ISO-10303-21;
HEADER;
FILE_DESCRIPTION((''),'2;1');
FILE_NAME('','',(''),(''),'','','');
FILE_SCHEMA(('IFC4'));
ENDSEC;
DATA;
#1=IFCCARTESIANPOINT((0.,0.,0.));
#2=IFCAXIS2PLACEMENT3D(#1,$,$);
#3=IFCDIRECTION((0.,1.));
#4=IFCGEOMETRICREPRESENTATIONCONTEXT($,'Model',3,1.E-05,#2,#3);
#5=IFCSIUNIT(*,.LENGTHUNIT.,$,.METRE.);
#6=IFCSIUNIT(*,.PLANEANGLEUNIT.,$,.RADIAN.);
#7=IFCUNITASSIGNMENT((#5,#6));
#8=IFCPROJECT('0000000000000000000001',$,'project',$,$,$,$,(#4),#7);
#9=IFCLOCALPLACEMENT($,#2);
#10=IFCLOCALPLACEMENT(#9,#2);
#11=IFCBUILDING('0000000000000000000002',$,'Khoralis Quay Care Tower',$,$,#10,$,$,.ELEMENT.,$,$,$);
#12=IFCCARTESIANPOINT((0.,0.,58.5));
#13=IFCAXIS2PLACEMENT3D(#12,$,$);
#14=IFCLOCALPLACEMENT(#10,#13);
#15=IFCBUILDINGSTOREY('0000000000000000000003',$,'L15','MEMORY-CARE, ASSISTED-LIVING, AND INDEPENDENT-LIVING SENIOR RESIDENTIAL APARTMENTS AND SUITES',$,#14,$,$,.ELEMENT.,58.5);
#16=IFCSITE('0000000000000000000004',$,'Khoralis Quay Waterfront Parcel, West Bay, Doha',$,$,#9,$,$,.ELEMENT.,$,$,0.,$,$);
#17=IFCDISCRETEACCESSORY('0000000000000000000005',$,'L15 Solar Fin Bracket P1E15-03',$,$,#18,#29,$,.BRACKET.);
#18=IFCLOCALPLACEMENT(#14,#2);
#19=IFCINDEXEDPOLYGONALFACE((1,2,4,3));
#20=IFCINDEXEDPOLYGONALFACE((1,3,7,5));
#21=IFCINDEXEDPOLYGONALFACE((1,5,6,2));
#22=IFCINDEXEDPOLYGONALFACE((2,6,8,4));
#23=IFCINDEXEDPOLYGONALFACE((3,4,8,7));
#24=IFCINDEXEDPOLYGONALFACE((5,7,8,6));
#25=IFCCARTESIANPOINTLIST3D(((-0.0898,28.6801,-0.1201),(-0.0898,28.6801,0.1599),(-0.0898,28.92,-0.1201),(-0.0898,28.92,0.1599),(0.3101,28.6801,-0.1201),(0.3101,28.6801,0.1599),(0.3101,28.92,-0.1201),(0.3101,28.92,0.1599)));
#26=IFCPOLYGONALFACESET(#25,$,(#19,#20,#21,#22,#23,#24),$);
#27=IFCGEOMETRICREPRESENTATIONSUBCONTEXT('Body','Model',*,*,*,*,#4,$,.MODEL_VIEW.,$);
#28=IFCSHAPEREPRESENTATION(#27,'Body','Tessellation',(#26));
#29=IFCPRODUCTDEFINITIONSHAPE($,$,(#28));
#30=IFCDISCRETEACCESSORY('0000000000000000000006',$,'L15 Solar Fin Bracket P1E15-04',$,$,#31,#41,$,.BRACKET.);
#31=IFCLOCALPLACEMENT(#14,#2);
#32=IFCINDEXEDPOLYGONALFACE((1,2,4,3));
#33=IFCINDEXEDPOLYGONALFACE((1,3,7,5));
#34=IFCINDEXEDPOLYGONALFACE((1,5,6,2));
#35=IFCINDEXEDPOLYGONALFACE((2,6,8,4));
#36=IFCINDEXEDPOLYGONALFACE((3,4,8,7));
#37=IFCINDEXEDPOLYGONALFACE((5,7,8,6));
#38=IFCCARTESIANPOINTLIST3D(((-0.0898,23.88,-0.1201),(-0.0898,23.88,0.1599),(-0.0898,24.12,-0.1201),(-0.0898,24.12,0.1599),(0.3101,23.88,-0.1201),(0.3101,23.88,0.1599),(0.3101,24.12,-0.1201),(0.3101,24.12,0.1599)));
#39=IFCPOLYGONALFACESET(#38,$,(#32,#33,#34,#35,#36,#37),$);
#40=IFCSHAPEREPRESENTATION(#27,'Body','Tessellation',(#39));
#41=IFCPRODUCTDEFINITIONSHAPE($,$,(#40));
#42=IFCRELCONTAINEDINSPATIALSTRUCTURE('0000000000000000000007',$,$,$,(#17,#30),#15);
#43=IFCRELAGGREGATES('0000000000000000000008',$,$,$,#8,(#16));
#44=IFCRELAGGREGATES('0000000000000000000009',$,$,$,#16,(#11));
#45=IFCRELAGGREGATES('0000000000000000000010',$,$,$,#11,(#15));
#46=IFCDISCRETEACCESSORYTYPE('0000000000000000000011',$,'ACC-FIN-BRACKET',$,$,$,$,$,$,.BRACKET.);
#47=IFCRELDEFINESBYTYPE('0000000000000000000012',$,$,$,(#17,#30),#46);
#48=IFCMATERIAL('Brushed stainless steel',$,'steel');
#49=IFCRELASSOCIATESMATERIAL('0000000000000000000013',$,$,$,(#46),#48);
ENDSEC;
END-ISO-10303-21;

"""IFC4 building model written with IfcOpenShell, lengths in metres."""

from ifc_helpers import new_model, si_unit, direction, frame, origin, origin_2d, place, context, subcontext, project, spatial, rectangle, extrude, source, transform, mapped, material, type_object, element, save


model = new_model("IFC4")

# Units and contexts
model_context = context("Model", 3, precision=1e-05, world=origin(), true_north=direction((0.0, 1.0)))
body_context = subcontext(model_context, "Body", "Model", "MODEL_VIEW")
ifc_project = project(units=[si_unit("LENGTHUNIT", "METRE"), si_unit("PLANEANGLEUNIT", "RADIAN")], contexts=[model_context])

# Site, building, storey
site_placement = place(None, origin())
site = spatial("IfcSite", under=ifc_project, at=site_placement, Name="Khoralis Quay Waterfront Parcel, West Bay, Doha", CompositionType="ELEMENT", RefElevation=0.0)
building_placement = place(site_placement, origin())
building = spatial("IfcBuilding", under=site, at=building_placement, Name="Khoralis Quay Care Tower", CompositionType="ELEMENT")
storey_placement = place(building_placement, frame((0.0, 0.0, 58.5)))
storey = spatial("IfcBuildingStorey", under=building, at=storey_placement, Name="L15", Description="MEMORY-CARE, ASSISTED-LIVING, AND INDEPENDENT-LIVING SENIOR RESIDENTIAL APARTMENTS AND SUITES", CompositionType="ELEMENT", Elevation=58.5)

# Discrete accessories
ifc_material_1 = material(Name="Brushed stainless steel", Category="steel")
discrete_accessory_type = type_object("IfcDiscreteAccessoryType", Name="ACC-FIN-BRACKET", PredefinedType="BRACKET", material=ifc_material_1)
shared_shape_1 = source(origin(), body_context, "Body", "SweptSolid", [
    extrude(rectangle(XDim=0.3999, YDim=0.24, at=origin_2d()), origin(), (0.0, 0.0, 1.0), 0.28),
])
for number, where, z_axis, x_axis, name in (
    (1, (0.1101, 28.8, -0.1201), (0.0, 0.0, 1.0), (-1.0, 0.0, 0.0), "L15 Solar Fin Bracket P1E15-03"),
    (2, (0.1101, 24.0, -0.1201), (0.0, 0.0, 1.0), (-1.0, 0.0, 0.0), "L15 Solar Fin Bracket P1E15-04"),
):
    element("IfcDiscreteAccessory", number, at=place(storey_placement, frame(where, z_axis=z_axis, x_axis=x_axis)), inside=storey, type_object=discrete_accessory_type, Name=name, PredefinedType="BRACKET", context=body_context, shape_type="MappedRepresentation", body=[
        mapped(shared_shape_1, transform((0.0, 0.0, 0.0), scale=1.0)),
    ])

save(model, "model.ifc")
